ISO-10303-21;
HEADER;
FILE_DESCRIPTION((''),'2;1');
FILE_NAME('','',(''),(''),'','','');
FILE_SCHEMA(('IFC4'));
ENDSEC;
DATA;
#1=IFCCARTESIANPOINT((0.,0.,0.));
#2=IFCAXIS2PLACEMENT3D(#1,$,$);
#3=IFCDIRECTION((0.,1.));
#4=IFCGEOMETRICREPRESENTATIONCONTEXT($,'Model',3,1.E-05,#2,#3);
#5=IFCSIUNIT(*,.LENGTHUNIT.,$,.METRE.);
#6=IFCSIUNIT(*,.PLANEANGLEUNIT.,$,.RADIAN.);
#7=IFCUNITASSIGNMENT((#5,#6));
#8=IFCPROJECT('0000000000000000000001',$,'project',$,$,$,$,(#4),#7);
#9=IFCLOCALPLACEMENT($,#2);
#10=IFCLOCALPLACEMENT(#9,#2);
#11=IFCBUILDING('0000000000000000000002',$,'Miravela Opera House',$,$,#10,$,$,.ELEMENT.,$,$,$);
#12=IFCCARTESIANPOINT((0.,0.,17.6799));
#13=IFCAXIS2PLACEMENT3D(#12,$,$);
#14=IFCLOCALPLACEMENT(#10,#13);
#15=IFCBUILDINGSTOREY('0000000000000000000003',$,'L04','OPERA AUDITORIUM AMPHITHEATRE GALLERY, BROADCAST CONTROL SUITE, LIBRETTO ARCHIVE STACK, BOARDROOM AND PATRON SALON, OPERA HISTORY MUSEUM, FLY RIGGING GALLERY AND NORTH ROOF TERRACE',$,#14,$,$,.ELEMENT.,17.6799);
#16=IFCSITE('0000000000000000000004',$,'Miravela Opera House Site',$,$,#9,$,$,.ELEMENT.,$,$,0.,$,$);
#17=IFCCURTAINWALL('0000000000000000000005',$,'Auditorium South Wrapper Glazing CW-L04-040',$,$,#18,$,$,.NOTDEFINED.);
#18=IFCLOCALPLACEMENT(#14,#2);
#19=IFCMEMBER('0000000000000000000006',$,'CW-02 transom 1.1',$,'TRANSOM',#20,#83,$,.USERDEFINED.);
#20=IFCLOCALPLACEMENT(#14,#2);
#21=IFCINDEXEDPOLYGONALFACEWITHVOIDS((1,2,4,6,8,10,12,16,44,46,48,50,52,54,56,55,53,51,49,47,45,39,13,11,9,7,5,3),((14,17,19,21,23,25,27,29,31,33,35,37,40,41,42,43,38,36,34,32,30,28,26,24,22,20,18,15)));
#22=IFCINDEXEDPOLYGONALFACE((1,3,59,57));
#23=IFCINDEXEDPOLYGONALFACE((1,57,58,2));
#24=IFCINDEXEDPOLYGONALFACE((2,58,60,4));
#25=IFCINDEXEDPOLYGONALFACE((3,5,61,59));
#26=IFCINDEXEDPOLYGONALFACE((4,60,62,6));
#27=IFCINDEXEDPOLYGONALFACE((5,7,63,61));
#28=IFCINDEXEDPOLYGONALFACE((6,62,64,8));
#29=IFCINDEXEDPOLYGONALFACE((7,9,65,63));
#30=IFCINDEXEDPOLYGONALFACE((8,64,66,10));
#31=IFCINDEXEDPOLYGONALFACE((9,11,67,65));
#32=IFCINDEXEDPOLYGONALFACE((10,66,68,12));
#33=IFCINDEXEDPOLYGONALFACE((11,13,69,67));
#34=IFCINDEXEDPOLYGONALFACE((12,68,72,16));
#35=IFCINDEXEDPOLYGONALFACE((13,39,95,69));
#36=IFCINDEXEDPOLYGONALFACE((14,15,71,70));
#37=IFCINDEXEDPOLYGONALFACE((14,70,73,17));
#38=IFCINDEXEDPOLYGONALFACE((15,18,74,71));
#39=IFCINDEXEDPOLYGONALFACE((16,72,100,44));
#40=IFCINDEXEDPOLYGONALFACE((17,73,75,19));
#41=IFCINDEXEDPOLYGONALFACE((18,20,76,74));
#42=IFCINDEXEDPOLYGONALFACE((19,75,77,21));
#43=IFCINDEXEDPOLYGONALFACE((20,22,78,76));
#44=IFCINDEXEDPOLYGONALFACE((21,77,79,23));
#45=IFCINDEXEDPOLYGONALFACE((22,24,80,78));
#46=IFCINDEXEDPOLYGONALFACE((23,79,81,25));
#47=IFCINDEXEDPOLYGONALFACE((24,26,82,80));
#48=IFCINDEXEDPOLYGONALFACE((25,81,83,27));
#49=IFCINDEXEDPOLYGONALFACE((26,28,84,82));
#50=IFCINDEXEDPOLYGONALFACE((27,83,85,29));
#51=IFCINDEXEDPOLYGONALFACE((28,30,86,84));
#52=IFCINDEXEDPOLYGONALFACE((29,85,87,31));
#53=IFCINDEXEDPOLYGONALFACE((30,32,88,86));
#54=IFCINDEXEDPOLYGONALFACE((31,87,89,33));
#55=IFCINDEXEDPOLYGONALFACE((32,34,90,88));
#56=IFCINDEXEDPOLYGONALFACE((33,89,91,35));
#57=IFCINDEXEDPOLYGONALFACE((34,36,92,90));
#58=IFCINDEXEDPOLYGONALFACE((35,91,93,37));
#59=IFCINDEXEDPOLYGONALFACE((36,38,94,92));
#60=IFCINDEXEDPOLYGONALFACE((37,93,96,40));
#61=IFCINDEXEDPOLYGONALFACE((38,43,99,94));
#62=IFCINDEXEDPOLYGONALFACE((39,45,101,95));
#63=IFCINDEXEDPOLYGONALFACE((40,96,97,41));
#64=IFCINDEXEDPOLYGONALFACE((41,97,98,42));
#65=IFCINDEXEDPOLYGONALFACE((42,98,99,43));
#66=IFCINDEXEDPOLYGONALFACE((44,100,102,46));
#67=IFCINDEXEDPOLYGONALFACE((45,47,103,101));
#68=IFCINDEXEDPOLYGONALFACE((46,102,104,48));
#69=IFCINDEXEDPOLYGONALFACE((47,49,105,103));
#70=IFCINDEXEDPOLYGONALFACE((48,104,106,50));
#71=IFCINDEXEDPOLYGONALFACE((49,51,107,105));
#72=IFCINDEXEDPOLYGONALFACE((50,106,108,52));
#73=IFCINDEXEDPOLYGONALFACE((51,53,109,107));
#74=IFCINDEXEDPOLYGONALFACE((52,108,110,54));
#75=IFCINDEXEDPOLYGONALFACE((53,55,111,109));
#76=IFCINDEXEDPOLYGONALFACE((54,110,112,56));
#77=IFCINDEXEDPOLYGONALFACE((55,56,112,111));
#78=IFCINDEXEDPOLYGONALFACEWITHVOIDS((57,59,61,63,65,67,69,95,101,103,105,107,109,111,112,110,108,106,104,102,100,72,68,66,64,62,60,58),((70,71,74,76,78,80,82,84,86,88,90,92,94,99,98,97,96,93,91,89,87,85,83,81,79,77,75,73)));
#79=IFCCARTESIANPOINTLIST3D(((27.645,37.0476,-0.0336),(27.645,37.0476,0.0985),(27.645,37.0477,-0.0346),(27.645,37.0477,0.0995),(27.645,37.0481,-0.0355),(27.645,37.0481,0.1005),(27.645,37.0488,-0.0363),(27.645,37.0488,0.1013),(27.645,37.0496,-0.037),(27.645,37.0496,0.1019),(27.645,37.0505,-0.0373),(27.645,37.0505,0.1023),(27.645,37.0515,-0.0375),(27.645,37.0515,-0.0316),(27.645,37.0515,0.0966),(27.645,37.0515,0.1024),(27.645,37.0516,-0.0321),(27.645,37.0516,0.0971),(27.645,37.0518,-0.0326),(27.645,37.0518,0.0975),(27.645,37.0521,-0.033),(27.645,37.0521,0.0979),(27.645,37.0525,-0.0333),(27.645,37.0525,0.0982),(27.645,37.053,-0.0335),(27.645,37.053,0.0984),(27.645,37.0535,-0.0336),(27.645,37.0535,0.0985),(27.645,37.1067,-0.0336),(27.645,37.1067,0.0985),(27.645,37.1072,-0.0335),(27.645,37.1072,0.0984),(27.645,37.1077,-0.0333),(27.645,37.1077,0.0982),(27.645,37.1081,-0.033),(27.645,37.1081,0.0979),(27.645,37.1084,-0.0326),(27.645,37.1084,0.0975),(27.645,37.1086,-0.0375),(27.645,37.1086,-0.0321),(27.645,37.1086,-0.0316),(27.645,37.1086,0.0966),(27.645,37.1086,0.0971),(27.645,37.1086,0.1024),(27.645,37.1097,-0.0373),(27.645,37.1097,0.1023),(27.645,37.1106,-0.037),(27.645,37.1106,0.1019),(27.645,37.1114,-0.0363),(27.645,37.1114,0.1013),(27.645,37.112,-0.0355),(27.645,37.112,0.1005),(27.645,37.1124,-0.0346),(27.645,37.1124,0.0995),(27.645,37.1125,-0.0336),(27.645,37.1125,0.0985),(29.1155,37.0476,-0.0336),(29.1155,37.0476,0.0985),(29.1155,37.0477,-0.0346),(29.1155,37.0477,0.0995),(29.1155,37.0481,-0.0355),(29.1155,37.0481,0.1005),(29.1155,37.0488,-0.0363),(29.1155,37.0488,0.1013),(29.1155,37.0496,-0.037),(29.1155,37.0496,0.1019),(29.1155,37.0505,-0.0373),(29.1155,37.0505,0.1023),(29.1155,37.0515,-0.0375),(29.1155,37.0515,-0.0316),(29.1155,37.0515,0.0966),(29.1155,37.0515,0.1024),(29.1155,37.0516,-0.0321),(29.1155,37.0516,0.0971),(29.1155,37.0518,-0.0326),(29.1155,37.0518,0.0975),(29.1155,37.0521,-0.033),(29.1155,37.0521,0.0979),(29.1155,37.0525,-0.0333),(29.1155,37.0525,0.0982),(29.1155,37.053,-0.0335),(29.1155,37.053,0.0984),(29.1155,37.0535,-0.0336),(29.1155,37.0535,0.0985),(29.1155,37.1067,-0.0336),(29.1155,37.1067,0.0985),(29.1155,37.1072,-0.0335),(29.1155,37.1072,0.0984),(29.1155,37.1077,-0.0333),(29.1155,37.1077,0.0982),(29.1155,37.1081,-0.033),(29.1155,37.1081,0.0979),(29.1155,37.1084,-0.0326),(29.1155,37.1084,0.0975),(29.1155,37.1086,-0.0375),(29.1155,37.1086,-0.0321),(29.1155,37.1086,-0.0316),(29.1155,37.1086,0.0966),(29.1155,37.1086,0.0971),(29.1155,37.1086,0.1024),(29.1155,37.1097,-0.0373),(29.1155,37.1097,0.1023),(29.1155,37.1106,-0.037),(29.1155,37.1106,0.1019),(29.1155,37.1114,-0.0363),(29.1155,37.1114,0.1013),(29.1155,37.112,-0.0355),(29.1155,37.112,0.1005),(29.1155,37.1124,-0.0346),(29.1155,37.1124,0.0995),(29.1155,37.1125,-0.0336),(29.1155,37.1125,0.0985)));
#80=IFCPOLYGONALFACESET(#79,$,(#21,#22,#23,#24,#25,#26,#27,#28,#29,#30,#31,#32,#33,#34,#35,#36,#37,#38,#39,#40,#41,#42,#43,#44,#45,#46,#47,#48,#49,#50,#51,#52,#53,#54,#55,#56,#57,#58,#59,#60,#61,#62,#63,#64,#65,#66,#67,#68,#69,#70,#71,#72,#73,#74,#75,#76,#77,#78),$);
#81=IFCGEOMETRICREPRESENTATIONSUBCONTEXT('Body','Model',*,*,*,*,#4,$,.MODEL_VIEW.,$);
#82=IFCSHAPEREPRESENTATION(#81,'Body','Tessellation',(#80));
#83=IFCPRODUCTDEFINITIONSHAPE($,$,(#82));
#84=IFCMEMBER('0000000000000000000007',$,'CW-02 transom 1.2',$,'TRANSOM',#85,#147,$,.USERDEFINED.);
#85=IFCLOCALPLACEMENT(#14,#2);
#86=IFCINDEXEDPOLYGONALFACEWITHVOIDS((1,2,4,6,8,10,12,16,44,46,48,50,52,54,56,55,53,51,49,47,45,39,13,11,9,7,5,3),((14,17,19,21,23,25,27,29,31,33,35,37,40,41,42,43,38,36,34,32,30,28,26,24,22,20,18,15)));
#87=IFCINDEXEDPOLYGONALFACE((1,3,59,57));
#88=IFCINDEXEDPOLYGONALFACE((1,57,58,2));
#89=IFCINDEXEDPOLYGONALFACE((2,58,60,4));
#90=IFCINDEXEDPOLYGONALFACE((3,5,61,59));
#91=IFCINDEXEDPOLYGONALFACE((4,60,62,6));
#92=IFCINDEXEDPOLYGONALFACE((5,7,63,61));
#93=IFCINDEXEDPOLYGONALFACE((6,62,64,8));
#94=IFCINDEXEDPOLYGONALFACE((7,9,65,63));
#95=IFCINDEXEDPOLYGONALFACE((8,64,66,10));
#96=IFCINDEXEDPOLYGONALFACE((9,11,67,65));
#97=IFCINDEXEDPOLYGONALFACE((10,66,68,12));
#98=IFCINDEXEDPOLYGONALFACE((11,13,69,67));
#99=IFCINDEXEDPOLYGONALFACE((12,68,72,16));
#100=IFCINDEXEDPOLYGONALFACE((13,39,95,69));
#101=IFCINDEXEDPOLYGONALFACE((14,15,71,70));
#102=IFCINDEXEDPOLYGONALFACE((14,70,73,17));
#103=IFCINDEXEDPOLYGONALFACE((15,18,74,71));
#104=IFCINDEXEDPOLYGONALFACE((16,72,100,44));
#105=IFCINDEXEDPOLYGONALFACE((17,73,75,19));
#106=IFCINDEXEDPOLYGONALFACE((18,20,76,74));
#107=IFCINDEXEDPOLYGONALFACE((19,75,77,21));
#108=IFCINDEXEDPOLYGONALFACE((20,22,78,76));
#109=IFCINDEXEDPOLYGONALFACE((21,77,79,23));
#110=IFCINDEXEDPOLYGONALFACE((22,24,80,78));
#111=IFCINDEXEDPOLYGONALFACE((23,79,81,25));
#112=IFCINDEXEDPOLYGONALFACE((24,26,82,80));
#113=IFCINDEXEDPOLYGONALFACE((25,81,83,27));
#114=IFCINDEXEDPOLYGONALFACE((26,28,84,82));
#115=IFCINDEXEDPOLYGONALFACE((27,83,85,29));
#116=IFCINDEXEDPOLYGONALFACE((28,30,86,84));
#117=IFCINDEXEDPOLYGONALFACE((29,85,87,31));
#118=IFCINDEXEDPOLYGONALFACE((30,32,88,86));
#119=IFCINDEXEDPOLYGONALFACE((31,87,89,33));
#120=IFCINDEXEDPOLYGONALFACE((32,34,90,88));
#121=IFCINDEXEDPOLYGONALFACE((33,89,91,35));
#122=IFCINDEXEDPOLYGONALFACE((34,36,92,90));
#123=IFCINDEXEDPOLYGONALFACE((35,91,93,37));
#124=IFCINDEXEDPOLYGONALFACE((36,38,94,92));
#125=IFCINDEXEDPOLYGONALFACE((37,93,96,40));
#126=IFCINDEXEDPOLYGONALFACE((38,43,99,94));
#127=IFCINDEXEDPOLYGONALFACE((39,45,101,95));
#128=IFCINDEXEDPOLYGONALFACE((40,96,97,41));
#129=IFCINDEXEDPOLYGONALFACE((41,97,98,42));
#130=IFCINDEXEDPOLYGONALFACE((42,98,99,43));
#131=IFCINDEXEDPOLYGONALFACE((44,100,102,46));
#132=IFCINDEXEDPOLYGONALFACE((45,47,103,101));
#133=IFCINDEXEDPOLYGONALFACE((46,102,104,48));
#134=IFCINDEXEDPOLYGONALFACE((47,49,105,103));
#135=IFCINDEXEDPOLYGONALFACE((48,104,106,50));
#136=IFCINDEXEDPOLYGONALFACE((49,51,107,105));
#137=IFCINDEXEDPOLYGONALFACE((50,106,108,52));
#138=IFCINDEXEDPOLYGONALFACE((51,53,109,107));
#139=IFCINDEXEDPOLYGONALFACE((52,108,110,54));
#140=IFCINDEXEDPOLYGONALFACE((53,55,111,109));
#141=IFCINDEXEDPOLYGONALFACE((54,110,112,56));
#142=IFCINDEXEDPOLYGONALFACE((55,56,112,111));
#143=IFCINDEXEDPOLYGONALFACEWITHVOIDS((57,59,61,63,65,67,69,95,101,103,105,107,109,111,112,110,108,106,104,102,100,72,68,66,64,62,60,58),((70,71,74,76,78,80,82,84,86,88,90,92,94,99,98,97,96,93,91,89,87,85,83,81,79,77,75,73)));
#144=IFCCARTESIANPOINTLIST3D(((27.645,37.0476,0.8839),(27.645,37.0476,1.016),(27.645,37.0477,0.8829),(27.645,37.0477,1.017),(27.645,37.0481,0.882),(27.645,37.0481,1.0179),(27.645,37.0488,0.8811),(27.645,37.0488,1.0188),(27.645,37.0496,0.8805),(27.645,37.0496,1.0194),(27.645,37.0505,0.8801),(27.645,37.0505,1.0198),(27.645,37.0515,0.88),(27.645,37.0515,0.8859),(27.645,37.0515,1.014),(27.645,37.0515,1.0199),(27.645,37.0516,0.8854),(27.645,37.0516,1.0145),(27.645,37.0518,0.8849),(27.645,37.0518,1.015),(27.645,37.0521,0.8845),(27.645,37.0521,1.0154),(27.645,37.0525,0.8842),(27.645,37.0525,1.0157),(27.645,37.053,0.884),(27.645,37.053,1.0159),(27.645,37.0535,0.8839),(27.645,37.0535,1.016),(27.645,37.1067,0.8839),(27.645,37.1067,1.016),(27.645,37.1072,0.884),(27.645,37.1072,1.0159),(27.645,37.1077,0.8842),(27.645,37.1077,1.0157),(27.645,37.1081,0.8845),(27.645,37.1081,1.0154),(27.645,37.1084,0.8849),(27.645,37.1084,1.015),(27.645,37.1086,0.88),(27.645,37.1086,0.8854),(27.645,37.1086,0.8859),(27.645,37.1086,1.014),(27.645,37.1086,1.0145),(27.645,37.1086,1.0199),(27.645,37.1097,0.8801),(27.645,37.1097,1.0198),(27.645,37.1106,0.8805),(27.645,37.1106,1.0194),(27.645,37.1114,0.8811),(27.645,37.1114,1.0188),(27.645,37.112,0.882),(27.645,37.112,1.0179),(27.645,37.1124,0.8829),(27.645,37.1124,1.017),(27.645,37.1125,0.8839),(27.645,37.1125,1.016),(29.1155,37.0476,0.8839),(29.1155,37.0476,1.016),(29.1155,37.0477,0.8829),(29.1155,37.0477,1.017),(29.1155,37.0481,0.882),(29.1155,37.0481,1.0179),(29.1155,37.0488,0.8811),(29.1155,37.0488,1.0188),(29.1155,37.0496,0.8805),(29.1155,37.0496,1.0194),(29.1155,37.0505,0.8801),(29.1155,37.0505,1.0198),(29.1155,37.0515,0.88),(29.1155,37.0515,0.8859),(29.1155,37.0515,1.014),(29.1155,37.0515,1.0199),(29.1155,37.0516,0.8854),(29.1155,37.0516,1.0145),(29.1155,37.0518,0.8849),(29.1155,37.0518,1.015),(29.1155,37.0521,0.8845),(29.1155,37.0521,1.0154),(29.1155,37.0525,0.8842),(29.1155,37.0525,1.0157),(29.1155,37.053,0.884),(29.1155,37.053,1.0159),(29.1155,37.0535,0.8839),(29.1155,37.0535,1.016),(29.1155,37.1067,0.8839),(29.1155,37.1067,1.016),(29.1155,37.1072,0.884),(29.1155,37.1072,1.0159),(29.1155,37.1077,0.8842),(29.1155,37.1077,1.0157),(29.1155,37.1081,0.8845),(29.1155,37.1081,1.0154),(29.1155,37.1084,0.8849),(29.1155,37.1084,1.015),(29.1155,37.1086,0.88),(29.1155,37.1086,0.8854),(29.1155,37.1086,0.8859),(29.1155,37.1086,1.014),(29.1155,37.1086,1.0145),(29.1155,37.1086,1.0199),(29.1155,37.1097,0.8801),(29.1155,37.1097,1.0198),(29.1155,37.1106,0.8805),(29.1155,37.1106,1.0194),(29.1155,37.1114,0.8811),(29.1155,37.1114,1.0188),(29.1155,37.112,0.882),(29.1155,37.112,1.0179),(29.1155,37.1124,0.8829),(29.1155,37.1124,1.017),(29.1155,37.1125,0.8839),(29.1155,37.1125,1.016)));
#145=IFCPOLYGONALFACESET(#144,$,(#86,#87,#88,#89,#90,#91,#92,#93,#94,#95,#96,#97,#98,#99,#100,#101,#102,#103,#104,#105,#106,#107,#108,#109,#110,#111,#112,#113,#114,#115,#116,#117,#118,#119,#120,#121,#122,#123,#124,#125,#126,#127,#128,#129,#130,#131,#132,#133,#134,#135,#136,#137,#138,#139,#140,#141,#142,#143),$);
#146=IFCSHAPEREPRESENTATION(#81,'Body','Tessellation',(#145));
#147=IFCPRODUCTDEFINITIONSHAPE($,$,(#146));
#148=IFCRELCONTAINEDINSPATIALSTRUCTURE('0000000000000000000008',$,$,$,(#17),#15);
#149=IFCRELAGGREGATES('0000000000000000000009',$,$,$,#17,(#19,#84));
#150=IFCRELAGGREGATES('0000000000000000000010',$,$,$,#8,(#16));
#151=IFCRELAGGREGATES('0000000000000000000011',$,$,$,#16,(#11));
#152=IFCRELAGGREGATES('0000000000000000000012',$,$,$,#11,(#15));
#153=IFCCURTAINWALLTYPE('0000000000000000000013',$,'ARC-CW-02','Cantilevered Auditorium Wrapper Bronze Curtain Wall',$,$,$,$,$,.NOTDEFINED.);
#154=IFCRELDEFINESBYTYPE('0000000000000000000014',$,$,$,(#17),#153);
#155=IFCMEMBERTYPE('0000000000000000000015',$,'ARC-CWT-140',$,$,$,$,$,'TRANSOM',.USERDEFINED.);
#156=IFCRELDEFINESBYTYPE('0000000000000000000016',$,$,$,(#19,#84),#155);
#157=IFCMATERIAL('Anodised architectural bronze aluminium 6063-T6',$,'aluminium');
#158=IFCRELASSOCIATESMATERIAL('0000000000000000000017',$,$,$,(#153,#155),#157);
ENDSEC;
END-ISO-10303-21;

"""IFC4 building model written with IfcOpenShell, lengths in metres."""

from ifc_helpers import new_model, si_unit, direction, frame, origin, origin_2d, place, context, subcontext, project, spatial, hollow_rectangle, extrude, material, material_profile, profile_set, type_object, element, aggregate, save


model = new_model("IFC4")

# Units and contexts
model_context = context("Model", 3, precision=1e-05, world=origin(), true_north=direction((0.0, 1.0)))
body_context = subcontext(model_context, "Body", "Model", "MODEL_VIEW")
ifc_project = project(units=[si_unit("LENGTHUNIT", "METRE"), si_unit("PLANEANGLEUNIT", "RADIAN")], contexts=[model_context])

# Site, building, storey
site_placement = place(None, origin())
site = spatial("IfcSite", under=ifc_project, at=site_placement, Name="Miravela Opera House Site", CompositionType="ELEMENT", RefElevation=0.0)
building_placement = place(site_placement, origin())
building = spatial("IfcBuilding", under=site, at=building_placement, Name="Miravela Opera House", CompositionType="ELEMENT")
storey_placement = place(building_placement, frame((0.0, 0.0, 17.6799)))
storey = spatial("IfcBuildingStorey", under=building, at=storey_placement, Name="L04", Description="OPERA AUDITORIUM AMPHITHEATRE GALLERY, BROADCAST CONTROL SUITE, LIBRETTO ARCHIVE STACK, BOARDROOM AND PATRON SALON, OPERA HISTORY MUSEUM, FLY RIGGING GALLERY AND NORTH ROOF TERRACE", CompositionType="ELEMENT", Elevation=17.6799)

# Curtain wall
ifc_material_1 = material(Name="Anodised architectural bronze aluminium 6063-T6", Category="aluminium")
curtain_wall_type = type_object("IfcCurtainWallType", Name="ARC-CW-02", Description="Cantilevered Auditorium Wrapper Bronze Curtain Wall", PredefinedType="NOTDEFINED", material=ifc_material_1)
curtain_wall_1_placement = place(storey_placement, origin())
curtain_wall_1 = element("IfcCurtainWall", 1, at=curtain_wall_1_placement, inside=storey, type_object=curtain_wall_type, Name="Auditorium South Wrapper Glazing CW-L04-040", PredefinedType="NOTDEFINED")

# Members
ifc_material_profile_1 = material_profile(ifc_material_1, hollow_rectangle(XDim=0.0649, YDim=0.1399, WallThickness=0.0039, InnerFilletRadius=0.002, OuterFilletRadius=0.0039, at=origin_2d()), Name="CWT-65X140")
ifc_profile_set_1 = profile_set([ifc_material_profile_1])
member_type_1 = type_object("IfcMemberType", Name="ARC-CWT-140", ElementType="TRANSOM", PredefinedType="USERDEFINED", material=ifc_profile_set_1)
member_1_placement = place(storey_placement, frame((27.645, 37.0801, 0.0325), z_axis=(1.0, 0.0, 0.0), x_axis=(0.0, 1.0, 0.0)))
member_1 = element("IfcMember", 2, at=member_1_placement, type_object=member_type_1, Name="CW-02 transom 1.1", ObjectType="TRANSOM", PredefinedType="USERDEFINED", context=body_context, shape_type="SweptSolid", body=[
    extrude(hollow_rectangle(XDim=0.0649, YDim=0.1399, WallThickness=0.0039, InnerFilletRadius=0.002, OuterFilletRadius=0.0039, at=origin_2d()), origin(), (0.0, 0.0, 1.0), 1.4705),
])
member_2_placement = place(storey_placement, frame((27.645, 37.0801, 0.95), z_axis=(1.0, 0.0, 0.0), x_axis=(0.0, 1.0, 0.0)))
member_2 = element("IfcMember", 3, at=member_2_placement, type_object=member_type_1, Name="CW-02 transom 1.2", ObjectType="TRANSOM", PredefinedType="USERDEFINED", context=body_context, shape_type="SweptSolid", body=[
    extrude(hollow_rectangle(XDim=0.0649, YDim=0.1399, WallThickness=0.0039, InnerFilletRadius=0.002, OuterFilletRadius=0.0039, at=origin_2d()), origin(), (0.0, 0.0, 1.0), 1.4705),
])

aggregate(curtain_wall_1, [member_1, member_2])

save(model, "model.ifc")
